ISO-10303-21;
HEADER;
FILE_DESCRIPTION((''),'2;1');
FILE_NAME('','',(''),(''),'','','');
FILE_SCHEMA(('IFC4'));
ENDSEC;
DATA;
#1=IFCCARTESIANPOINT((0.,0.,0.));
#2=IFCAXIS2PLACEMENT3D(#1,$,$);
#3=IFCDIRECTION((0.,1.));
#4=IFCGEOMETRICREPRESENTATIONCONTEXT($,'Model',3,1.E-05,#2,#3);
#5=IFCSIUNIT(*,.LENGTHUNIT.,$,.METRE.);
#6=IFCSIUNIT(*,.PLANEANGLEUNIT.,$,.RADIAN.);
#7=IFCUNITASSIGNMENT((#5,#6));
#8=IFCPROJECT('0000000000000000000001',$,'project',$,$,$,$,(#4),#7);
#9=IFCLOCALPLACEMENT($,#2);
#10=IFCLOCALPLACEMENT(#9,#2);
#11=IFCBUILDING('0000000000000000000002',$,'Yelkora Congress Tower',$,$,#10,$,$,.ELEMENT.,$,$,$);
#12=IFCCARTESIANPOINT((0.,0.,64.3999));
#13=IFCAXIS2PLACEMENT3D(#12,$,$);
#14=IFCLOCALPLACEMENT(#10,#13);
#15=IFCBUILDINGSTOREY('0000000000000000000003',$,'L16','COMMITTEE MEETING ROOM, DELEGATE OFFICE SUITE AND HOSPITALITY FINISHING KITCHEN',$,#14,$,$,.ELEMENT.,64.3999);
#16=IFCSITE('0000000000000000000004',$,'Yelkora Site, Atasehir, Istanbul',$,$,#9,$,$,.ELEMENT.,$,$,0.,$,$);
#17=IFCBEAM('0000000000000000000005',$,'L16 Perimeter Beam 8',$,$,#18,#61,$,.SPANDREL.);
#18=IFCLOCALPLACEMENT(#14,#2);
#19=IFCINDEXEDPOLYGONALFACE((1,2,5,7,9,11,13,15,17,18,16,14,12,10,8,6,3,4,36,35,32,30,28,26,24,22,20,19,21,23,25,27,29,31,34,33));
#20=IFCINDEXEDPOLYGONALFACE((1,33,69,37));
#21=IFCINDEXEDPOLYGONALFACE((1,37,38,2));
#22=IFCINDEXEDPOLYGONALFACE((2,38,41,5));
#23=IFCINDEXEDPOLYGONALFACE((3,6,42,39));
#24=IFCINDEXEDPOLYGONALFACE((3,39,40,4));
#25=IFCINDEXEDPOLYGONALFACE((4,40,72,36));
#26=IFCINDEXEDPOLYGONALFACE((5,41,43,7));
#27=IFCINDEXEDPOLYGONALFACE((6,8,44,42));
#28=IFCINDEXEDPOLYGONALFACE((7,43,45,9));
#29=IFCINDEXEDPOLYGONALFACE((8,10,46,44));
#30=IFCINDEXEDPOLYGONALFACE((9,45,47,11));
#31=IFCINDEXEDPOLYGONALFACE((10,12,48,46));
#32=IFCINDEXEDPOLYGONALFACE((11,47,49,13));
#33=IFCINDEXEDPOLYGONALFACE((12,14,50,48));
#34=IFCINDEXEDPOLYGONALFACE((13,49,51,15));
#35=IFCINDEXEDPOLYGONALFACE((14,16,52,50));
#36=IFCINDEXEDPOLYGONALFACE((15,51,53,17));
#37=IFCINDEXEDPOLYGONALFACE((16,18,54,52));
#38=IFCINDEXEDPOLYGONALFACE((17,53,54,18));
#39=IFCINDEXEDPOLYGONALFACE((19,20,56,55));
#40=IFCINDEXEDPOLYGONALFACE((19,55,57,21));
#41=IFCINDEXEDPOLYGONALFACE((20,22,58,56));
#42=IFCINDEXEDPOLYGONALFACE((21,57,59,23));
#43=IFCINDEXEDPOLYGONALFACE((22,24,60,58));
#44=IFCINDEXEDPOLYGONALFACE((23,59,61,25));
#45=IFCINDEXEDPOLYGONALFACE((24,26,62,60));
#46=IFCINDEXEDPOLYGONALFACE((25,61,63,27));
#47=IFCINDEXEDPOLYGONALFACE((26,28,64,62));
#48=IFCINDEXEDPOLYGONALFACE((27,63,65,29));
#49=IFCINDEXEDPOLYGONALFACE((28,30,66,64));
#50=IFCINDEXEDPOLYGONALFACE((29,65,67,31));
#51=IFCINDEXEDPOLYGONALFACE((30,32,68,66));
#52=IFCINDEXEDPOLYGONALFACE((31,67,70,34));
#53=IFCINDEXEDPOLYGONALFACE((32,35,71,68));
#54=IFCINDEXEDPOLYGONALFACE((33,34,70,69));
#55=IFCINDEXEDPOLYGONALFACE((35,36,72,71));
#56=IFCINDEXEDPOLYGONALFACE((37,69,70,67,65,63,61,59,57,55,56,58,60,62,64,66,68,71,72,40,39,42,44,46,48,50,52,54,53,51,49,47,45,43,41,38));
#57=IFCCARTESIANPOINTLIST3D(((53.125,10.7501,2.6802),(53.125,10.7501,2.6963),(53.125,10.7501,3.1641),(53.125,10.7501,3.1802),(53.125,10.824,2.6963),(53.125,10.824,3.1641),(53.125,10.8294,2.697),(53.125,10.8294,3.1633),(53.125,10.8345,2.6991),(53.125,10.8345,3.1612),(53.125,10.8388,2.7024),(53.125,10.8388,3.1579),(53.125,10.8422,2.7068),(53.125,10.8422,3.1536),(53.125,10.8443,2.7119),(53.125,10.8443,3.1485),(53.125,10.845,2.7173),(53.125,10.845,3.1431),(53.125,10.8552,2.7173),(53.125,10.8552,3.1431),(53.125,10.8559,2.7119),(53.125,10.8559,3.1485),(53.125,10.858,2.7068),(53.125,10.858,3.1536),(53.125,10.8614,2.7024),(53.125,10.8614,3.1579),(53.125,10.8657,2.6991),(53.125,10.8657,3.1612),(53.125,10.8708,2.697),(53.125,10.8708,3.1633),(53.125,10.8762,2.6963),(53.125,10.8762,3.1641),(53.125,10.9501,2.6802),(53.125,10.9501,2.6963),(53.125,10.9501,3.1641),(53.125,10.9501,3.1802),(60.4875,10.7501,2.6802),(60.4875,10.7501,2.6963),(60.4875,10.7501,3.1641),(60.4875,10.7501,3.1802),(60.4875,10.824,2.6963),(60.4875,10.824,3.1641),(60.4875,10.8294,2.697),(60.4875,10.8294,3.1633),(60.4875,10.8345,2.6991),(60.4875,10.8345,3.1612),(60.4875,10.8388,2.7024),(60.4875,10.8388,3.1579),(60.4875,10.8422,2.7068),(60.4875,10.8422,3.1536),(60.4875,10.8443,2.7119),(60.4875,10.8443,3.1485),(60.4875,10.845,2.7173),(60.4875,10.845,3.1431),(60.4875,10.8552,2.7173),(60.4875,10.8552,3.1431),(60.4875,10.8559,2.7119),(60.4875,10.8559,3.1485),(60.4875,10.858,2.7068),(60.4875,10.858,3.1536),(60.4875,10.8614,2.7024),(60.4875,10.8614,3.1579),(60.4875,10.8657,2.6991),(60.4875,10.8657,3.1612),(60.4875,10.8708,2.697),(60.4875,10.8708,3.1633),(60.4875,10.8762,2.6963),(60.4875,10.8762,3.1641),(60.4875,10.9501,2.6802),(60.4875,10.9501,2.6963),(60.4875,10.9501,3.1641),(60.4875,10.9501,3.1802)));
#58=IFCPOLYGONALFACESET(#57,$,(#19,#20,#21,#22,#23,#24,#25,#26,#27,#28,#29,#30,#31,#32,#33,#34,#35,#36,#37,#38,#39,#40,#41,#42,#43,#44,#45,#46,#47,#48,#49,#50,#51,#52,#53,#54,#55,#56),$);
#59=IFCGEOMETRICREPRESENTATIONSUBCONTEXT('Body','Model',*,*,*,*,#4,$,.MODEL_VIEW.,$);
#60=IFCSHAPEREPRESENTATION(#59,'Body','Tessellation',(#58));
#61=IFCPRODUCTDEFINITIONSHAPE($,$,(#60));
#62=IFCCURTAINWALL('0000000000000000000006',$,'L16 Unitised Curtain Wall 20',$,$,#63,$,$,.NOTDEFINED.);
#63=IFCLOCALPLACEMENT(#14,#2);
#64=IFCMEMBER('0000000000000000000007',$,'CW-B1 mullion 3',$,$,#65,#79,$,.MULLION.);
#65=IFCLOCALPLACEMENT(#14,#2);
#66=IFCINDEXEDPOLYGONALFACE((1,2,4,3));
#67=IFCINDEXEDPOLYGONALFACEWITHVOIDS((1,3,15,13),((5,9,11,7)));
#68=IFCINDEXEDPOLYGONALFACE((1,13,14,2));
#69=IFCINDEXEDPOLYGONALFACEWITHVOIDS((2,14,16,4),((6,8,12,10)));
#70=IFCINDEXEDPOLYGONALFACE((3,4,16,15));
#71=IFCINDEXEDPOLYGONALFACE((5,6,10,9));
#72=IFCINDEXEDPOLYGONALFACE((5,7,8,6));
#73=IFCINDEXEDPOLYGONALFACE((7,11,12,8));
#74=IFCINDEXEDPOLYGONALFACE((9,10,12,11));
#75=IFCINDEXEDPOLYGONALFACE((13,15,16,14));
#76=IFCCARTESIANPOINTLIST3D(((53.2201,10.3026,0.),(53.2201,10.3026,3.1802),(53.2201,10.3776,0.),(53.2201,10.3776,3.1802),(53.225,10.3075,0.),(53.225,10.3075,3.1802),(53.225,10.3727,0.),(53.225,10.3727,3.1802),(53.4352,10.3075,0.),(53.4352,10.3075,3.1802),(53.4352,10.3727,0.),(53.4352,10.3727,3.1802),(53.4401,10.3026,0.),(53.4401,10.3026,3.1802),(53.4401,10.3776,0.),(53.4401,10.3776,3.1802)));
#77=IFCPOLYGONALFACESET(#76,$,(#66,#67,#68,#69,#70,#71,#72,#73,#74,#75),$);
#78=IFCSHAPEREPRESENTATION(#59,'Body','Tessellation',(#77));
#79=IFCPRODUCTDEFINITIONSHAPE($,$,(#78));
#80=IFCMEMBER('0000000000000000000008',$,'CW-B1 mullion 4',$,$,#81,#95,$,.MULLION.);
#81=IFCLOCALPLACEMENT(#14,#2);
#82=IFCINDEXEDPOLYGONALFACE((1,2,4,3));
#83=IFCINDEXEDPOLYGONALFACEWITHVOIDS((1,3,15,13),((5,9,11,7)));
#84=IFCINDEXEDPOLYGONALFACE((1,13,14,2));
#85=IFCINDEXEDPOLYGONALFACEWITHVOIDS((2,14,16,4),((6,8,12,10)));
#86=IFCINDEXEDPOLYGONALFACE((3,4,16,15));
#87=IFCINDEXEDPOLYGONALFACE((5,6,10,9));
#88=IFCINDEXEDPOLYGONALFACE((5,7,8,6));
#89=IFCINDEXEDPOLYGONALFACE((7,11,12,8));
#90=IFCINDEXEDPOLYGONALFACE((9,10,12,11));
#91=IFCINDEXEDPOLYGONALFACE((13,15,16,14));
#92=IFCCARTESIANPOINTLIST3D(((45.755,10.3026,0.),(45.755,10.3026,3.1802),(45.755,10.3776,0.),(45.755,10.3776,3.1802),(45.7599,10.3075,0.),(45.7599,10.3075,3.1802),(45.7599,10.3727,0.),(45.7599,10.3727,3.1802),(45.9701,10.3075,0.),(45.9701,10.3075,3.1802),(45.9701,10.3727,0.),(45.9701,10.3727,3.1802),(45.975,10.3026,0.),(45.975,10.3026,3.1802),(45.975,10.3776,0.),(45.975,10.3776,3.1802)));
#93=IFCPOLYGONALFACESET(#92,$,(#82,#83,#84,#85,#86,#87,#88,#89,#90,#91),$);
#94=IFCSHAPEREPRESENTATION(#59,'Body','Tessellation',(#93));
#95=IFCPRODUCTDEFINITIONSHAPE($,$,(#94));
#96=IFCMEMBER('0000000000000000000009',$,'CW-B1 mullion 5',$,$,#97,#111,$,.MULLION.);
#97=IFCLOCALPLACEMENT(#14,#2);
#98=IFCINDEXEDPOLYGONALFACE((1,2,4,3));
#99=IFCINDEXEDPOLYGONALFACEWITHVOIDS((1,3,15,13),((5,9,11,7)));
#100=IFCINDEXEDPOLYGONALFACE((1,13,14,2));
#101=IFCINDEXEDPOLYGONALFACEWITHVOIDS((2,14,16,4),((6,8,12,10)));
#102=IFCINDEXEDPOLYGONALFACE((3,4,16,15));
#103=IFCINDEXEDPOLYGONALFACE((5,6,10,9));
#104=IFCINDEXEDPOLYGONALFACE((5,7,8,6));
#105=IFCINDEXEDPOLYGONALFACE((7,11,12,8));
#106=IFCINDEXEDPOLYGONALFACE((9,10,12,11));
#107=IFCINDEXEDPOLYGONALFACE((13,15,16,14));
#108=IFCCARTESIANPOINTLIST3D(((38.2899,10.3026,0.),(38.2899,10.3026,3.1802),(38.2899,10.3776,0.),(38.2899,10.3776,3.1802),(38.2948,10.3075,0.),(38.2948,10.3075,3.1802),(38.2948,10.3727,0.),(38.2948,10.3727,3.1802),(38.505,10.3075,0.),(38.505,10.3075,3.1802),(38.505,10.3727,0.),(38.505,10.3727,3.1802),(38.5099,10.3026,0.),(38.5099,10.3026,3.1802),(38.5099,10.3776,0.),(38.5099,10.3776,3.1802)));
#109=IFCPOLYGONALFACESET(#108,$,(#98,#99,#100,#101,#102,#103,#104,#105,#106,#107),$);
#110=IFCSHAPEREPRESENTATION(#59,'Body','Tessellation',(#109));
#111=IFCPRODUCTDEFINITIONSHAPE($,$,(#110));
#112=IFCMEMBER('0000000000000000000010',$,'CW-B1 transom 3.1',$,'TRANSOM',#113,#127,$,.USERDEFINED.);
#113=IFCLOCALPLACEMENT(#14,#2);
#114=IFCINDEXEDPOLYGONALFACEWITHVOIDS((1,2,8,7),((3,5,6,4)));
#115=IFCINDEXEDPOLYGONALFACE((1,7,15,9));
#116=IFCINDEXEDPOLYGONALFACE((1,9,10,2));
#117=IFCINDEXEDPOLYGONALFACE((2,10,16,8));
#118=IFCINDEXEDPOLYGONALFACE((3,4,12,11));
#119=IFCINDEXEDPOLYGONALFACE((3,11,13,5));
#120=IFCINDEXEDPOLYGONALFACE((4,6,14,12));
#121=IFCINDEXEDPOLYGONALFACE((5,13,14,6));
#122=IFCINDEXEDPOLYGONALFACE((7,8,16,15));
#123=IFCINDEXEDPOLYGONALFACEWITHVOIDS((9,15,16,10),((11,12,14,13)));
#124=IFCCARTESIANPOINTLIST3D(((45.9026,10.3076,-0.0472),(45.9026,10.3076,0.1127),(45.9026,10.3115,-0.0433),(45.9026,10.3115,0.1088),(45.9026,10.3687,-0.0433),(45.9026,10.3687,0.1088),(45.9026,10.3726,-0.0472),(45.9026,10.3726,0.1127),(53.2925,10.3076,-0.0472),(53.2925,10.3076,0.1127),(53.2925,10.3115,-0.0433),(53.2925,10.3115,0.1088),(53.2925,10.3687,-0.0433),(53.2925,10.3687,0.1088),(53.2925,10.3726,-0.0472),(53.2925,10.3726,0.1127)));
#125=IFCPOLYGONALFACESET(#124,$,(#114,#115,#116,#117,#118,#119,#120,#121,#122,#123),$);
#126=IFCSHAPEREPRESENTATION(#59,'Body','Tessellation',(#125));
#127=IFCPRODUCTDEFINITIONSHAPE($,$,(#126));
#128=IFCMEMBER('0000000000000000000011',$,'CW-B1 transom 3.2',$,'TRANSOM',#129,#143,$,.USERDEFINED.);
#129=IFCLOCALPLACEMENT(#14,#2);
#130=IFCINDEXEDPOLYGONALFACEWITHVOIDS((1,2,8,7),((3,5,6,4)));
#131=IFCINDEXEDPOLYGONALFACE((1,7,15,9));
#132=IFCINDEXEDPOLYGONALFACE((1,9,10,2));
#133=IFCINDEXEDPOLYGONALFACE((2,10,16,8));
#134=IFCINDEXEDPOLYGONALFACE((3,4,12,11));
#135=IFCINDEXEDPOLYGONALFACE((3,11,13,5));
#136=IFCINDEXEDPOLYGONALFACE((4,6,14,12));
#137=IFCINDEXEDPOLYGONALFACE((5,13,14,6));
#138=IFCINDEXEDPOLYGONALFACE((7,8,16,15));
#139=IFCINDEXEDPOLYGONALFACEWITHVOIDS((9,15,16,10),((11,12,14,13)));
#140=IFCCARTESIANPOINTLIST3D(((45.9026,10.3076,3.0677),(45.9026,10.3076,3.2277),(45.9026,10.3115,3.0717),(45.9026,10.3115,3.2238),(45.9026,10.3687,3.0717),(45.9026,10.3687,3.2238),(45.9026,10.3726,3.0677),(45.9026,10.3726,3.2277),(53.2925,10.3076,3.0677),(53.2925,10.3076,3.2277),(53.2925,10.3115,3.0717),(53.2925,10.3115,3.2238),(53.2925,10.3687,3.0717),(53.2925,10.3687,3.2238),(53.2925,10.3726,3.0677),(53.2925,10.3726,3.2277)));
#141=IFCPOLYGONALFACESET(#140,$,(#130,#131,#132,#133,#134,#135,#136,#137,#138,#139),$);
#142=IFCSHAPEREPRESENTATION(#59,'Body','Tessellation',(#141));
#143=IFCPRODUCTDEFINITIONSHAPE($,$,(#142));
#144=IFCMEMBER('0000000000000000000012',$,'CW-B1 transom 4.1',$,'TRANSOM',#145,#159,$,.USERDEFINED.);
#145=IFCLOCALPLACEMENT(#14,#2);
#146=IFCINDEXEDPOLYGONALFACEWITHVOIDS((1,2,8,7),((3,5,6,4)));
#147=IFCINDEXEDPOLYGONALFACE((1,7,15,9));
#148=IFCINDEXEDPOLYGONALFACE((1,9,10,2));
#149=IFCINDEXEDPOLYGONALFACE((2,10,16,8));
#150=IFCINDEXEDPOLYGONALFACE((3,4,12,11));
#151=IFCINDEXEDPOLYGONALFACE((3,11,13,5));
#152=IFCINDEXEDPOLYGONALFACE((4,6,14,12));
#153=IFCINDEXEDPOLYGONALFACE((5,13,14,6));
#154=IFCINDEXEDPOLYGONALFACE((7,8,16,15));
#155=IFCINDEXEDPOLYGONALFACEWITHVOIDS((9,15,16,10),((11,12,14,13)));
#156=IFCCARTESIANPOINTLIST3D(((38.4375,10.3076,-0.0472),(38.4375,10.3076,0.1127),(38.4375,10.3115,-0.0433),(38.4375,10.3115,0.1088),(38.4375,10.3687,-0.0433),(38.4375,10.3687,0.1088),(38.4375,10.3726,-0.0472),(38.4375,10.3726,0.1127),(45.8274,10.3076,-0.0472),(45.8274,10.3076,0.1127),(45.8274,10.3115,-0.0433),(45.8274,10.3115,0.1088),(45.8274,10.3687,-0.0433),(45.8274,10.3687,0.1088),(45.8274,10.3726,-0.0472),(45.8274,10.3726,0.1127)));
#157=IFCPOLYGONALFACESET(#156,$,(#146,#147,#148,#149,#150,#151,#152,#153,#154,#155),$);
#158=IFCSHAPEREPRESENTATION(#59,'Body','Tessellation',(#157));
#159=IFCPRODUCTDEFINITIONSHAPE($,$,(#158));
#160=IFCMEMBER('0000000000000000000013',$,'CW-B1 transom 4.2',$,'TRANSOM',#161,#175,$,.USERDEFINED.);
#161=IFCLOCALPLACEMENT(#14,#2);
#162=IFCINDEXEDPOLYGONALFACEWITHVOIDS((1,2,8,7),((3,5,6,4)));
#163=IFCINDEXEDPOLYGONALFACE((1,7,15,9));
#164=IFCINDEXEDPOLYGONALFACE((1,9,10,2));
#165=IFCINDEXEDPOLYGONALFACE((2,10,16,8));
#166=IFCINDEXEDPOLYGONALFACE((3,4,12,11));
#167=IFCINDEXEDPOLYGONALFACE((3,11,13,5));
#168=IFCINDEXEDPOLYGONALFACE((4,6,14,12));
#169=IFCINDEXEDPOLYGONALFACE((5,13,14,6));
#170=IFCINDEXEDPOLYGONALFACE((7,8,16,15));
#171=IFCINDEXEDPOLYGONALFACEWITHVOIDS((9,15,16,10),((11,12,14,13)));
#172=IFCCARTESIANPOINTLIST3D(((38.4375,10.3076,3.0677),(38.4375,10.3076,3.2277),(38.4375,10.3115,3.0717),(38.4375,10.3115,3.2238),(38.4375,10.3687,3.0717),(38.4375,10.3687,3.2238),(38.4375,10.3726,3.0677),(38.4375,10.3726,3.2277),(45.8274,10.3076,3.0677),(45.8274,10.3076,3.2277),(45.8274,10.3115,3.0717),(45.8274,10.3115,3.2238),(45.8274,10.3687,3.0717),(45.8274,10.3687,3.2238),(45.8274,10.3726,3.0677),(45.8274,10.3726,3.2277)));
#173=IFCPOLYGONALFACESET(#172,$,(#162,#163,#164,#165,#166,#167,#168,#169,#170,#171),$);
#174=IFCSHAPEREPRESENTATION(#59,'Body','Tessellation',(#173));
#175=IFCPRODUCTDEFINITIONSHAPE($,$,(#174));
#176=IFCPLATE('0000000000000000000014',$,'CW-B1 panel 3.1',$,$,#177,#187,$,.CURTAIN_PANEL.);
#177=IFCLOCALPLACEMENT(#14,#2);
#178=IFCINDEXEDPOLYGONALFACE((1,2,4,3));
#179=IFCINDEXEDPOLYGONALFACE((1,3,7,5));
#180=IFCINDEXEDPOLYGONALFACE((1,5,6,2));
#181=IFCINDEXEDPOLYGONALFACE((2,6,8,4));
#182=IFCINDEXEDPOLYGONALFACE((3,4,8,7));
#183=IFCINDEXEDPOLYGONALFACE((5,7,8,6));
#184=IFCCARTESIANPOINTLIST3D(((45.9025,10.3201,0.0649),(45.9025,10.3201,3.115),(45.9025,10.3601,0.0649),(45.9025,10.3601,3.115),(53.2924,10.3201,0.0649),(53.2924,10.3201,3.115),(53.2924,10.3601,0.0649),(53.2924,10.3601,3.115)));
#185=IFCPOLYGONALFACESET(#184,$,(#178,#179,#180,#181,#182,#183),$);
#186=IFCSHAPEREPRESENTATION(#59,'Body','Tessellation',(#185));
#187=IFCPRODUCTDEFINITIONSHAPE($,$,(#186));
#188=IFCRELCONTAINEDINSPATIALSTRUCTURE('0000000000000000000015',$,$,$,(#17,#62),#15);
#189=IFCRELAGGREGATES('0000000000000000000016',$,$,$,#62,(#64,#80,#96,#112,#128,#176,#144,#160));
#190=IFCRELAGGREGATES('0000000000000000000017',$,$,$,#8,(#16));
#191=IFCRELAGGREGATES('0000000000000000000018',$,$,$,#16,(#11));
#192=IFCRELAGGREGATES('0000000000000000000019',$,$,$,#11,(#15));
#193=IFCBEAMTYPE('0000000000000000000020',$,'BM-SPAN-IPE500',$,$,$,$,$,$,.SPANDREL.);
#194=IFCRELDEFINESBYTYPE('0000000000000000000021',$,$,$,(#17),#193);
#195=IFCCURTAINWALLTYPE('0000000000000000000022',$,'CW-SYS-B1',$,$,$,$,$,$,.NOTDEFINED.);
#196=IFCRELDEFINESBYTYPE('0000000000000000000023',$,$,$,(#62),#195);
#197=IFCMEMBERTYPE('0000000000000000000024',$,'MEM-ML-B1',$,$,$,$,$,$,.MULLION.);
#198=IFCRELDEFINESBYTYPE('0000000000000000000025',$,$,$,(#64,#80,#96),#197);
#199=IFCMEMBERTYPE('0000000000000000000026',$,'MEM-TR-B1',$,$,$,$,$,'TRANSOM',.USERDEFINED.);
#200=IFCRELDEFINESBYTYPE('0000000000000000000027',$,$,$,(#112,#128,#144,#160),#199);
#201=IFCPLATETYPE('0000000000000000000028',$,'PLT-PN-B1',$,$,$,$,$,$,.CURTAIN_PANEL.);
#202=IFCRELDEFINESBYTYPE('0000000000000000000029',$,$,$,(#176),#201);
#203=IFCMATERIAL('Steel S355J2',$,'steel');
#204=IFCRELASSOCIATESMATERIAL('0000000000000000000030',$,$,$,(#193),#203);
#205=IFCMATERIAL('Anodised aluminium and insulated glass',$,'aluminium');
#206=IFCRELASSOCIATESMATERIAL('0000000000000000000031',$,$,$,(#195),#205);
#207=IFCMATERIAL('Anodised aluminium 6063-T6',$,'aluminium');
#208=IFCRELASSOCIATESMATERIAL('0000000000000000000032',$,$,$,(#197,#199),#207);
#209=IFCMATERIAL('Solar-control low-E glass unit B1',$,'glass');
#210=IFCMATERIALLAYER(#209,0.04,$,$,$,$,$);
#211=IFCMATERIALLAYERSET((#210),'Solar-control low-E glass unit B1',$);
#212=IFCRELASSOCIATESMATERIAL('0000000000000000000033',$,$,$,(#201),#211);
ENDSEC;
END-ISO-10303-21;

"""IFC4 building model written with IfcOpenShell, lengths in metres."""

from ifc_helpers import new_model, si_unit, direction, frame, origin, origin_2d, place, context, subcontext, project, spatial, rectangle, hollow_rectangle, i_section, extrude, material, layer, layer_set, material_profile, profile_set, type_object, element, aggregate, save


model = new_model("IFC4")

# Units and contexts
model_context = context("Model", 3, precision=1e-05, world=origin(), true_north=direction((0.0, 1.0)))
body_context = subcontext(model_context, "Body", "Model", "MODEL_VIEW")
ifc_project = project(units=[si_unit("LENGTHUNIT", "METRE"), si_unit("PLANEANGLEUNIT", "RADIAN")], contexts=[model_context])

# Site, building, storey
site_placement = place(None, origin())
site = spatial("IfcSite", under=ifc_project, at=site_placement, Name="Yelkora Site, Atasehir, Istanbul", CompositionType="ELEMENT", RefElevation=0.0)
building_placement = place(site_placement, origin())
building = spatial("IfcBuilding", under=site, at=building_placement, Name="Yelkora Congress Tower", CompositionType="ELEMENT")
storey_placement = place(building_placement, frame((0.0, 0.0, 64.3999)))
storey = spatial("IfcBuildingStorey", under=building, at=storey_placement, Name="L16", Description="COMMITTEE MEETING ROOM, DELEGATE OFFICE SUITE AND HOSPITALITY FINISHING KITCHEN", CompositionType="ELEMENT", Elevation=64.3999)

# Beam
ifc_material_1 = material(Name="Steel S355J2", Category="steel")
ifc_material_profile_1 = material_profile(ifc_material_1, i_section(OverallWidth=0.2, OverallDepth=0.5, WebThickness=0.0103, FlangeThickness=0.0161, FilletRadius=0.021, at=origin_2d()), Name="IPE 500")
ifc_profile_set_1 = profile_set([ifc_material_profile_1], Name="Steel S355J2")
beam_type_1 = type_object("IfcBeamType", Name="BM-SPAN-IPE500", PredefinedType="SPANDREL", material=ifc_profile_set_1)
for number, where, z_axis, x_axis, name in (
    (1, (53.125, 10.8501, 2.9302), (1.0, 0.0, 0.0), (0.0, 1.0, 0.0), "L16 Perimeter Beam 8"),
):
    element("IfcBeam", number, at=place(storey_placement, frame(where, z_axis=z_axis, x_axis=x_axis)), inside=storey, type_object=beam_type_1, Name=name, PredefinedType="SPANDREL", context=body_context, shape_type="SweptSolid", body=[
        extrude(i_section(OverallWidth=0.2, OverallDepth=0.5, WebThickness=0.0103, FlangeThickness=0.0161, FilletRadius=0.021, at=origin_2d()), origin(), (0.0, 0.0, 1.0), 7.3625),
    ])

# Curtain wall, members, plate
ifc_material_2 = material(Name="Anodised aluminium and insulated glass", Category="aluminium")
curtain_wall_type = type_object("IfcCurtainWallType", Name="CW-SYS-B1", PredefinedType="NOTDEFINED", material=ifc_material_2)
curtain_wall_placement = place(storey_placement, origin())
curtain_wall = element("IfcCurtainWall", 2, at=curtain_wall_placement, inside=storey, type_object=curtain_wall_type, Name="L16 Unitised Curtain Wall 20", PredefinedType="NOTDEFINED")
ifc_material_3 = material(Name="Anodised aluminium 6063-T6", Category="aluminium")
ifc_material_profile_2 = material_profile(ifc_material_3, hollow_rectangle(XDim=0.075, YDim=0.22, WallThickness=0.0049, at=origin_2d()), Name="ALU 75x220x5")
ifc_profile_set_2 = profile_set([ifc_material_profile_2], Name="Anodised aluminium 6063-T6")
member_type_1 = type_object("IfcMemberType", Name="MEM-ML-B1", PredefinedType="MULLION", material=ifc_profile_set_2)
member_1_placement = place(storey_placement, frame((53.3301, 10.3401, 0.0), z_axis=(0.0, 0.0, 1.0), x_axis=(0.0, -1.0, 0.0)))
member_1 = element("IfcMember", 3, at=member_1_placement, type_object=member_type_1, Name="CW-B1 mullion 3", PredefinedType="MULLION", context=body_context, shape_type="SweptSolid", body=[
    extrude(hollow_rectangle(XDim=0.075, YDim=0.22, WallThickness=0.0049, at=origin_2d()), origin(), (0.0, 0.0, 1.0), 3.1802),
])
member_2_placement = place(storey_placement, frame((45.865, 10.3401, 0.0), z_axis=(0.0, 0.0, 1.0), x_axis=(0.0, -1.0, 0.0)))
member_2 = element("IfcMember", 4, at=member_2_placement, type_object=member_type_1, Name="CW-B1 mullion 4", PredefinedType="MULLION", context=body_context, shape_type="SweptSolid", body=[
    extrude(hollow_rectangle(XDim=0.075, YDim=0.22, WallThickness=0.0049, at=origin_2d()), origin(), (0.0, 0.0, 1.0), 3.1802),
])
member_3_placement = place(storey_placement, frame((38.3999, 10.3401, 0.0), z_axis=(0.0, 0.0, 1.0), x_axis=(0.0, -1.0, 0.0)))
member_3 = element("IfcMember", 5, at=member_3_placement, type_object=member_type_1, Name="CW-B1 mullion 5", PredefinedType="MULLION", context=body_context, shape_type="SweptSolid", body=[
    extrude(hollow_rectangle(XDim=0.075, YDim=0.22, WallThickness=0.0049, at=origin_2d()), origin(), (0.0, 0.0, 1.0), 3.1802),
])
ifc_material_profile_3 = material_profile(ifc_material_3, hollow_rectangle(XDim=0.0649, YDim=0.1599, WallThickness=0.0039, at=origin_2d()), Name="ALU 65x160x4")
ifc_profile_set_3 = profile_set([ifc_material_profile_3], Name="Anodised aluminium 6063-T6")
member_type_2 = type_object("IfcMemberType", Name="MEM-TR-B1", ElementType="TRANSOM", PredefinedType="USERDEFINED", material=ifc_profile_set_3)
member_4_placement = place(storey_placement, frame((53.2925, 10.3401, 0.0327), z_axis=(-1.0, 0.0, 0.0), x_axis=(0.0, -1.0, 0.0)))
member_4 = element("IfcMember", 6, at=member_4_placement, type_object=member_type_2, Name="CW-B1 transom 3.1", ObjectType="TRANSOM", PredefinedType="USERDEFINED", context=body_context, shape_type="SweptSolid", body=[
    extrude(hollow_rectangle(XDim=0.0649, YDim=0.1599, WallThickness=0.0039, at=origin_2d()), origin(), (0.0, 0.0, 1.0), 7.3899),
])
member_5_placement = place(storey_placement, frame((53.2925, 10.3401, 3.1477), z_axis=(-1.0, 0.0, 0.0), x_axis=(0.0, -1.0, 0.0)))
member_5 = element("IfcMember", 7, at=member_5_placement, type_object=member_type_2, Name="CW-B1 transom 3.2", ObjectType="TRANSOM", PredefinedType="USERDEFINED", context=body_context, shape_type="SweptSolid", body=[
    extrude(hollow_rectangle(XDim=0.0649, YDim=0.1599, WallThickness=0.0039, at=origin_2d()), origin(), (0.0, 0.0, 1.0), 7.3899),
])
member_6_placement = place(storey_placement, frame((45.8274, 10.3401, 0.0327), z_axis=(-1.0, 0.0, 0.0), x_axis=(0.0, -1.0, 0.0)))
member_6 = element("IfcMember", 8, at=member_6_placement, type_object=member_type_2, Name="CW-B1 transom 4.1", ObjectType="TRANSOM", PredefinedType="USERDEFINED", context=body_context, shape_type="SweptSolid", body=[
    extrude(hollow_rectangle(XDim=0.0649, YDim=0.1599, WallThickness=0.0039, at=origin_2d()), origin(), (0.0, 0.0, 1.0), 7.3899),
])
member_7_placement = place(storey_placement, frame((45.8274, 10.3401, 3.1477), z_axis=(-1.0, 0.0, 0.0), x_axis=(0.0, -1.0, 0.0)))
member_7 = element("IfcMember", 9, at=member_7_placement, type_object=member_type_2, Name="CW-B1 transom 4.2", ObjectType="TRANSOM", PredefinedType="USERDEFINED", context=body_context, shape_type="SweptSolid", body=[
    extrude(hollow_rectangle(XDim=0.0649, YDim=0.1599, WallThickness=0.0039, at=origin_2d()), origin(), (0.0, 0.0, 1.0), 7.3899),
])
ifc_material_4 = material(Name="Solar-control low-E glass unit B1", Category="glass")
ifc_layer_1 = layer(ifc_material_4, 0.04)
ifc_layer_set_1 = layer_set([ifc_layer_1], Name="Solar-control low-E glass unit B1")
plate_type = type_object("IfcPlateType", Name="PLT-PN-B1", PredefinedType="CURTAIN_PANEL", material=ifc_layer_set_1)
plate_1_placement = place(storey_placement, frame((49.5974, 10.3401, 0.0649), z_axis=(0.0, 0.0, 1.0), x_axis=(-1.0, 0.0, 0.0)))
plate_1 = element("IfcPlate", 10, at=plate_1_placement, type_object=plate_type, Name="CW-B1 panel 3.1", PredefinedType="CURTAIN_PANEL", context=body_context, shape_type="SweptSolid", body=[
    extrude(rectangle(XDim=7.3899, YDim=0.04, at=origin_2d()), origin(), (0.0, 0.0, 1.0), 3.05),
])
aggregate(curtain_wall, [member_1, member_2, member_3, member_4, member_5, plate_1, member_6, member_7])

save(model, "model.ifc")
